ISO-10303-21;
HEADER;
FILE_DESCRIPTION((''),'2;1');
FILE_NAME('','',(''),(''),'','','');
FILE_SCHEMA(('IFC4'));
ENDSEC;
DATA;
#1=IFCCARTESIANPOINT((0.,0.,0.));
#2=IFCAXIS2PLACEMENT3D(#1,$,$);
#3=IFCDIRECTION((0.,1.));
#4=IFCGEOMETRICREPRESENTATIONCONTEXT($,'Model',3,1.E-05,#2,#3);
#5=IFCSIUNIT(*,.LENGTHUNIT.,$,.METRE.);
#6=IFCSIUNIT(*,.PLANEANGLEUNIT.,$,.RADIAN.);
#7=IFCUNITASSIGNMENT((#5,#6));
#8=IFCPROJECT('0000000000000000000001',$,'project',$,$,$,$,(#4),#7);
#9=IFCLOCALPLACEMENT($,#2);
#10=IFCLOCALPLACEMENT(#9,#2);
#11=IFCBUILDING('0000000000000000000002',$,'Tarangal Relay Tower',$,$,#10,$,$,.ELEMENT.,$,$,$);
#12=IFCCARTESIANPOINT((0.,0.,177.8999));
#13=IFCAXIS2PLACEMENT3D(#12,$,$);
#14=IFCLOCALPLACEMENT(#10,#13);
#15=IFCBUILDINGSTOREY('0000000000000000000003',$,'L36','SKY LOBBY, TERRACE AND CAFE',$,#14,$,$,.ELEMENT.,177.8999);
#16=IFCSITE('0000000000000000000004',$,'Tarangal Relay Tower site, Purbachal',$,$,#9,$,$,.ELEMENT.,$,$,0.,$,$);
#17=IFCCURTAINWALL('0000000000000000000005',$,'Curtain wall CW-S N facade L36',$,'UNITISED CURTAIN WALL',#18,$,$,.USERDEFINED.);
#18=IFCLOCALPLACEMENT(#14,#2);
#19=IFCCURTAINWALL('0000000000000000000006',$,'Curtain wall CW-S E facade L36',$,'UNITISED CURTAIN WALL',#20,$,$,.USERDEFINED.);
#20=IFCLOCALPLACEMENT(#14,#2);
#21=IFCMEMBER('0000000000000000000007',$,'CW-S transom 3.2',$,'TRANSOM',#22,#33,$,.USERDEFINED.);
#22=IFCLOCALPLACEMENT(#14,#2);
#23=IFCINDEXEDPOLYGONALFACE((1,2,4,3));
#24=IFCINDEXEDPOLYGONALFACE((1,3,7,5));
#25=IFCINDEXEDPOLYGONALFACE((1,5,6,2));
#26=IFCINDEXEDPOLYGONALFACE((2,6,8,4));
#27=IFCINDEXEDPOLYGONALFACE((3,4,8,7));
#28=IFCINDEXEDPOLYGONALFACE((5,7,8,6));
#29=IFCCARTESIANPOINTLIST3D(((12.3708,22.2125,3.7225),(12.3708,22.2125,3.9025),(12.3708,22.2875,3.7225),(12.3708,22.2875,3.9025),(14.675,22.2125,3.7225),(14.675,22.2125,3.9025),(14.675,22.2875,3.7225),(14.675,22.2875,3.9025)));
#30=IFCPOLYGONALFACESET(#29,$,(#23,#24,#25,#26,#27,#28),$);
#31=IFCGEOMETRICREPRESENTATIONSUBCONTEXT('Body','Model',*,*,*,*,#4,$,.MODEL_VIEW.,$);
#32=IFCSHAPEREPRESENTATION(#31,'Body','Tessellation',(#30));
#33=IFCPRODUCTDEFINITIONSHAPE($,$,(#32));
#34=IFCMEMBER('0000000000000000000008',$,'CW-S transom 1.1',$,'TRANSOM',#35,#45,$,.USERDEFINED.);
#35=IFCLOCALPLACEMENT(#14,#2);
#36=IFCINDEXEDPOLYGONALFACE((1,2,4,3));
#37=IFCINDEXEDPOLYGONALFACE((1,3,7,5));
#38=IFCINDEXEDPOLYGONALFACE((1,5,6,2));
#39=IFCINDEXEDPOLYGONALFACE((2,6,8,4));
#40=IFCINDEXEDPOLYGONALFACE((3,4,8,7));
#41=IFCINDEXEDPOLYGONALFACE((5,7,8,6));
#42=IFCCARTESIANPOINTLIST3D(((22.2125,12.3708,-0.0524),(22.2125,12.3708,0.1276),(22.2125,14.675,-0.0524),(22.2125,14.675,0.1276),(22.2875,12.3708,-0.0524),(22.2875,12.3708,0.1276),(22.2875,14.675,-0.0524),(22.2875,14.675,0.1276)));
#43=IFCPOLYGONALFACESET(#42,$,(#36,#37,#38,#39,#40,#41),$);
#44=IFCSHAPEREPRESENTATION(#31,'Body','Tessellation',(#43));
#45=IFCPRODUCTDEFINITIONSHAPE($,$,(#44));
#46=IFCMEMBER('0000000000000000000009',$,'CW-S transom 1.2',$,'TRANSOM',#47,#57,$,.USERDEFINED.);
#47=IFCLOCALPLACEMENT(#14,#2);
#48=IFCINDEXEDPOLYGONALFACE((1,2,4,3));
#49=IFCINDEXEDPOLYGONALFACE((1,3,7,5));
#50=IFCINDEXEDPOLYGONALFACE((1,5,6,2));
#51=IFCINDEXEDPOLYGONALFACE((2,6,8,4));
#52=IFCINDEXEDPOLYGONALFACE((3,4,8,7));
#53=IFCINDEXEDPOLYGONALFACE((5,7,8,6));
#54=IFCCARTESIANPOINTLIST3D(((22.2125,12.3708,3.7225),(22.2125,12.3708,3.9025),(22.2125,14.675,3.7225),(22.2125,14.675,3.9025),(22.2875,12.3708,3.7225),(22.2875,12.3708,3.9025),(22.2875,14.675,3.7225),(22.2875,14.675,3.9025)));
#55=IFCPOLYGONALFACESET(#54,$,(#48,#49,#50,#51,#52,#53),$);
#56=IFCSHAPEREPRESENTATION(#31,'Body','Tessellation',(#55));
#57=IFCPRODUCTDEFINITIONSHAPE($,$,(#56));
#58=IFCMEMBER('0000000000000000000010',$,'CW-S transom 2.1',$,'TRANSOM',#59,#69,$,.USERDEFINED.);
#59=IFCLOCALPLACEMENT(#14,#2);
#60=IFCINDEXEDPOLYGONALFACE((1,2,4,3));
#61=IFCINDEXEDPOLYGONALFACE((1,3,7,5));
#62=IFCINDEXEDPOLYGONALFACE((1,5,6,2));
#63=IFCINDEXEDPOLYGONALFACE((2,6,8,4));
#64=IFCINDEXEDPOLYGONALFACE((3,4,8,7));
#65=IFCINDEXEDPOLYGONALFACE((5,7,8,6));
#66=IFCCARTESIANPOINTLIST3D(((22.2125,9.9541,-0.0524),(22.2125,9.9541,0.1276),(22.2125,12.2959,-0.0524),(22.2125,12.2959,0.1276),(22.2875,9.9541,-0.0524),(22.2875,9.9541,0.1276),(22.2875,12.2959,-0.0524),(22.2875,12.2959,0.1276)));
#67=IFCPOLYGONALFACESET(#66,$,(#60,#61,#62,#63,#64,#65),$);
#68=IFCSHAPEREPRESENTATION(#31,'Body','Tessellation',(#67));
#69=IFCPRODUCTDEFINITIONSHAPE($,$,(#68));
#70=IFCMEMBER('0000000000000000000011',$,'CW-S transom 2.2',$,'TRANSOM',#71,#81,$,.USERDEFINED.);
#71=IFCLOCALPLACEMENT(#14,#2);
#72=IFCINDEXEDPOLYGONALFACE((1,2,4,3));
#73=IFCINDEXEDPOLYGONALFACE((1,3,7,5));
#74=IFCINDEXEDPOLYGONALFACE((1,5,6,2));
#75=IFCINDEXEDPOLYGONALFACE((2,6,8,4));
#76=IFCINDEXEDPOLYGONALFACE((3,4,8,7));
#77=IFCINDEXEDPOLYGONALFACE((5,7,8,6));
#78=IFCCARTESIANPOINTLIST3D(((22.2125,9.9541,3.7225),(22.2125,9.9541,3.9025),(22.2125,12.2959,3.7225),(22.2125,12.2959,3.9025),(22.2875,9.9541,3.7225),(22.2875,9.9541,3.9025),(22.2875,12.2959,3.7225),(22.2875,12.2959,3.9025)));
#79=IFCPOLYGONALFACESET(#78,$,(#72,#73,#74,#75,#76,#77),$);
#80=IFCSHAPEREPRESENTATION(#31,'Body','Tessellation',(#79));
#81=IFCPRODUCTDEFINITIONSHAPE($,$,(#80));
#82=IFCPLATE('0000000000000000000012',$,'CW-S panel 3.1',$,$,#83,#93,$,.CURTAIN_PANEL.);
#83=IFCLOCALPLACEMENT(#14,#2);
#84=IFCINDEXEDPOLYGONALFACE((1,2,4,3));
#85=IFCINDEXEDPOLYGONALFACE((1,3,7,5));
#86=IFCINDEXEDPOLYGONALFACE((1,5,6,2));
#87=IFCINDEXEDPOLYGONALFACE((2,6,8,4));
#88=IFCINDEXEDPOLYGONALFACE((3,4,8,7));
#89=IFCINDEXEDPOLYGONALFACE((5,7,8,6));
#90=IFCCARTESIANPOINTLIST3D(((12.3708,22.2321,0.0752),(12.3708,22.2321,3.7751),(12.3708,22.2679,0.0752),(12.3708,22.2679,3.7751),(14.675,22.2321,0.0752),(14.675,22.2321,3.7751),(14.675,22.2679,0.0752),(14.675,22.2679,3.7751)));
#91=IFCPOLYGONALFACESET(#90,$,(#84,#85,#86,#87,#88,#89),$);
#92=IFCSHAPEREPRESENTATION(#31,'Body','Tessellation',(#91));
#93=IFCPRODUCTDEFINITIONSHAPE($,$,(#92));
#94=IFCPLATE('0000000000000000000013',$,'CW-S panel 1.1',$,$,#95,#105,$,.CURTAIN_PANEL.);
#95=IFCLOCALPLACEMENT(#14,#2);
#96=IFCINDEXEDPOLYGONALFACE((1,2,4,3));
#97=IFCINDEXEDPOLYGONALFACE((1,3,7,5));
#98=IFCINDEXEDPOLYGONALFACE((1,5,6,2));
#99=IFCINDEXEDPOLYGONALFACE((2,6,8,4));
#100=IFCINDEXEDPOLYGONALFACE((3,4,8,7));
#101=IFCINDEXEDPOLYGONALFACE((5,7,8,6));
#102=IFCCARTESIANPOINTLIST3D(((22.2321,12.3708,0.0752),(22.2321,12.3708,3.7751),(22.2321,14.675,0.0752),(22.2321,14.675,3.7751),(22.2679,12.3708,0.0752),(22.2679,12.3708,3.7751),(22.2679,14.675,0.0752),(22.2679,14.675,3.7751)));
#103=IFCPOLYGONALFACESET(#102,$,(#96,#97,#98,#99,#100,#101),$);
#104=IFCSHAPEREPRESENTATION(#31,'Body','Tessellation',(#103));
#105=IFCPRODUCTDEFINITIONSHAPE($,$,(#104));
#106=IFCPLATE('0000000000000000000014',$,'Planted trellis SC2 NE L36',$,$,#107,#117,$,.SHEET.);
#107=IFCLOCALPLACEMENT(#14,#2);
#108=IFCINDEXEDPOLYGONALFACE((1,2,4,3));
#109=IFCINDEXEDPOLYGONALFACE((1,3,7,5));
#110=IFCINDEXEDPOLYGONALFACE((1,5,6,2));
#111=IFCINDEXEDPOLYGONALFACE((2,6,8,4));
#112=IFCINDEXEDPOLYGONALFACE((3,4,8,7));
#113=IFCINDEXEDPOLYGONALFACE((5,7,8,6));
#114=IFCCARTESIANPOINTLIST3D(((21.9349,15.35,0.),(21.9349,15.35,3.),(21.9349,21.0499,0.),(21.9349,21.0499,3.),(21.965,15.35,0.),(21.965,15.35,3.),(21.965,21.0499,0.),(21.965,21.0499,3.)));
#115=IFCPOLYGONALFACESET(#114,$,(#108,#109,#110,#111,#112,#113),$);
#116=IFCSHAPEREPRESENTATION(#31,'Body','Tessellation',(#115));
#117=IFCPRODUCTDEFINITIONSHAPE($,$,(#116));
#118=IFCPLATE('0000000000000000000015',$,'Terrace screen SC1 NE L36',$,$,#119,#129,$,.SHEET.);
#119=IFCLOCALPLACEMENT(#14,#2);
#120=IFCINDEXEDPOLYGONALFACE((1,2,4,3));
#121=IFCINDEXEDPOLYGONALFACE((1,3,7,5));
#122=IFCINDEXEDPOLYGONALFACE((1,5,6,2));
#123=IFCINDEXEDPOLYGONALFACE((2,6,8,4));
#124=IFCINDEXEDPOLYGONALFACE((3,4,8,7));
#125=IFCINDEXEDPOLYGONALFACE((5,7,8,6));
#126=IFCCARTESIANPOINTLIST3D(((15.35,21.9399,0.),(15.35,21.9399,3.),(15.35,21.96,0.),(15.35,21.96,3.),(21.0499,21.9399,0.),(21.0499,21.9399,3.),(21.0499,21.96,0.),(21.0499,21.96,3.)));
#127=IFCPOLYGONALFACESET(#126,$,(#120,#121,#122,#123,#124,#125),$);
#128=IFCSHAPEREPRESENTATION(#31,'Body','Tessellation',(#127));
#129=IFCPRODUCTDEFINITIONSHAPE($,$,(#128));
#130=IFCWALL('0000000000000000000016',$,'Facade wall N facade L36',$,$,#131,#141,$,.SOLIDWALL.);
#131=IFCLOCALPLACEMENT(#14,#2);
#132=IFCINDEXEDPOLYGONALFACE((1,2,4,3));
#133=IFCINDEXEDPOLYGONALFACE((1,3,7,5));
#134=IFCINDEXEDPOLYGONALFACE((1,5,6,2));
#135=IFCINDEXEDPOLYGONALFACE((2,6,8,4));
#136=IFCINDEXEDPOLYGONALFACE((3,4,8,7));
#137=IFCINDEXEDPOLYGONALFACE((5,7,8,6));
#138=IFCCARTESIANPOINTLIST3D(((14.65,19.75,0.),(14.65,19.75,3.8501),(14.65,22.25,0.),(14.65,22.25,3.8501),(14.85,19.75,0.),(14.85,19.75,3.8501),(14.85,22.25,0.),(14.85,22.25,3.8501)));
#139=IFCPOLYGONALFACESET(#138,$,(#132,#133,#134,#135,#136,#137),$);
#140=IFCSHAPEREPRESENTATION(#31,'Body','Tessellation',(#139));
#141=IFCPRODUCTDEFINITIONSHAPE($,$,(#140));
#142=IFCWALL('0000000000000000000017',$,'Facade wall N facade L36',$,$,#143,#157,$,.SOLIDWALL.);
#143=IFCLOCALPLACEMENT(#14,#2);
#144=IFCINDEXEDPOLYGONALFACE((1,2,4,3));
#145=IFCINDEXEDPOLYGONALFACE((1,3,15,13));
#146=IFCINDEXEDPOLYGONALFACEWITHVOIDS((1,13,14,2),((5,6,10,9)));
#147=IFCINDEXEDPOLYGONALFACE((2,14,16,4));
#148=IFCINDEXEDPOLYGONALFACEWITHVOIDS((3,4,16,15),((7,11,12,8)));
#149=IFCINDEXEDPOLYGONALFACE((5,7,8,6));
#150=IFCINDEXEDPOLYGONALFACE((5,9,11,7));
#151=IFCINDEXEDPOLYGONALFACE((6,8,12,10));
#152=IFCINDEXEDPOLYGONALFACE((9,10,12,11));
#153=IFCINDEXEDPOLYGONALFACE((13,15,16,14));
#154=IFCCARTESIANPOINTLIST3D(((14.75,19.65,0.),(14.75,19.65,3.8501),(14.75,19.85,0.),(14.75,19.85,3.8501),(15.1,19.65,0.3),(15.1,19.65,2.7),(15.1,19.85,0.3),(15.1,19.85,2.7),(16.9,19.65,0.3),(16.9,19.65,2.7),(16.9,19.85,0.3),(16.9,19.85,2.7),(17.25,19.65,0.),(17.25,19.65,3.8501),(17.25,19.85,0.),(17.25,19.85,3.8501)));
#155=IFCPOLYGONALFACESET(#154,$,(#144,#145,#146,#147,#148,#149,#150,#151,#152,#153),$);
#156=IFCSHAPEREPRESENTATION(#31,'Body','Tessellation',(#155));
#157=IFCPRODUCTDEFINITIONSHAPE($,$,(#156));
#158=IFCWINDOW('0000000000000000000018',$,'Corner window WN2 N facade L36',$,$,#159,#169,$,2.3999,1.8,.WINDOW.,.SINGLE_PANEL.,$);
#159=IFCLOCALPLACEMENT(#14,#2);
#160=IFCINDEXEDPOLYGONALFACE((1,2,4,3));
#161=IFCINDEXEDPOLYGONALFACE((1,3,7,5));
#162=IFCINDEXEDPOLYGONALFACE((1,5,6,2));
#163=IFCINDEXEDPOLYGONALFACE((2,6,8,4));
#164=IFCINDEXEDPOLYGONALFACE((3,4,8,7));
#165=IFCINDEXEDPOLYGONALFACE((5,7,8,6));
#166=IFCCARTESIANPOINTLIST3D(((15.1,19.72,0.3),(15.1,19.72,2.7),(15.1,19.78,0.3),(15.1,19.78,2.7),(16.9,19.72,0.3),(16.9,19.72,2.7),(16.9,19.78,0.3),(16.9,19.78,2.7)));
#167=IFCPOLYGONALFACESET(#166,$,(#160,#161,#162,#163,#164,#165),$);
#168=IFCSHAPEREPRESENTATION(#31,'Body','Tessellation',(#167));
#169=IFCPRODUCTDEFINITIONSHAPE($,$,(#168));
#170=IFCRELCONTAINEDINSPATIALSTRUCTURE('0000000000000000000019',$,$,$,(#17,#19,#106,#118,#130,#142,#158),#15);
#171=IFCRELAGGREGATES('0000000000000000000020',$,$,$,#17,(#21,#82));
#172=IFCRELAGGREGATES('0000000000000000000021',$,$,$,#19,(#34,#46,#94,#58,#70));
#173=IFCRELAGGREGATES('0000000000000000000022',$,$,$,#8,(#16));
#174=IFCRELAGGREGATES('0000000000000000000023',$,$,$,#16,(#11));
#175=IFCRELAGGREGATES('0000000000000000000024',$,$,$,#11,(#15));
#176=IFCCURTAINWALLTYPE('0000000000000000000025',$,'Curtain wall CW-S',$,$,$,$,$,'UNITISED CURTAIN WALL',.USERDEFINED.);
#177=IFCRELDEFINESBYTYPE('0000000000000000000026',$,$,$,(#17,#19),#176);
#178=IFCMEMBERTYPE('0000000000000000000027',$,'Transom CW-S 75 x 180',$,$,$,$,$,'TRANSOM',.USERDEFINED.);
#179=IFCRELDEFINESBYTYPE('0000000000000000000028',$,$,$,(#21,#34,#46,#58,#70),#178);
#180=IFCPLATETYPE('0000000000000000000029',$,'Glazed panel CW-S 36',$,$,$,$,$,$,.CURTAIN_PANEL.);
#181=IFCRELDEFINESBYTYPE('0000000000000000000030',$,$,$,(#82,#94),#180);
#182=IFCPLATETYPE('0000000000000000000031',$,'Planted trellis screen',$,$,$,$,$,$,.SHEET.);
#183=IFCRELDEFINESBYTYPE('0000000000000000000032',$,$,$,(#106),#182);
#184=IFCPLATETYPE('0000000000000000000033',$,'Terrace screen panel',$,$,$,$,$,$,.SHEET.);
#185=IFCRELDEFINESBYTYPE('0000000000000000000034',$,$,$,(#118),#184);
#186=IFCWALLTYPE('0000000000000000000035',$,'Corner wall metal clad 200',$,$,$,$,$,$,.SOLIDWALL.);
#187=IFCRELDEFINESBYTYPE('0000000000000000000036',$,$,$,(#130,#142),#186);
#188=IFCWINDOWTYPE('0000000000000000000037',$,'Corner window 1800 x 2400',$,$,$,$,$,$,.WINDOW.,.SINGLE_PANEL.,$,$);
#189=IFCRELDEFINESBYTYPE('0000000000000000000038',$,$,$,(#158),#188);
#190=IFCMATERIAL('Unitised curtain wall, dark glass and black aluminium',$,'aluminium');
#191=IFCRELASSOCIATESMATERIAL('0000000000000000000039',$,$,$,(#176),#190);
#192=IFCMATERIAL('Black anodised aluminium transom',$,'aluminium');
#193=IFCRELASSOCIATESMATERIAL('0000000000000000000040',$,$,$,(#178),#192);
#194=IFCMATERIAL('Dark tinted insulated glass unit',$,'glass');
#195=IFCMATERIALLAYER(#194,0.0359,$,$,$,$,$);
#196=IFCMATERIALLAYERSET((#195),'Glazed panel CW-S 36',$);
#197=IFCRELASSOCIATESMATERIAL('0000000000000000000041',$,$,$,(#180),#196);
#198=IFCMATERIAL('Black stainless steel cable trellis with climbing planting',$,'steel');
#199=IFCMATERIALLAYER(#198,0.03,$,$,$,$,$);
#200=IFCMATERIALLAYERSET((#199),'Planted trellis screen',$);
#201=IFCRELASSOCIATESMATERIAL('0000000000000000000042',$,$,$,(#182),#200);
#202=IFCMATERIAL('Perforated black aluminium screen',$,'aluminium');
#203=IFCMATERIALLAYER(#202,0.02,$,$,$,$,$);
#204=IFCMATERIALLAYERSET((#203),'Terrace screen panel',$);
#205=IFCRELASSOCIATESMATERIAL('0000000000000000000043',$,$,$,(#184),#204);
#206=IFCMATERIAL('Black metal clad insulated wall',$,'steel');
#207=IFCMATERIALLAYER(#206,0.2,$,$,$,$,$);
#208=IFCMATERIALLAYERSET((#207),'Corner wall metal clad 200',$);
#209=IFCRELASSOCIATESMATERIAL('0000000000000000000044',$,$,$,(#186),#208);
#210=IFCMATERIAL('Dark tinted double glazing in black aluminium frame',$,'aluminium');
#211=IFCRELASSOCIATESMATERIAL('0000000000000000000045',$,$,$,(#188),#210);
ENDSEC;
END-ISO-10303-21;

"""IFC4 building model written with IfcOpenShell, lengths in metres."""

from ifc_helpers import new_model, si_unit, direction, frame, frame_2d, origin, origin_2d, place, context, subcontext, project, spatial, rectangle, extrude, material, layer, layer_set, material_profile, profile_set, type_object, element, fill, aggregate, save


model = new_model("IFC4")

# Units and contexts
model_context = context("Model", 3, precision=1e-05, world=origin(), true_north=direction((0.0, 1.0)))
body_context = subcontext(model_context, "Body", "Model", "MODEL_VIEW")
ifc_project = project(units=[si_unit("LENGTHUNIT", "METRE"), si_unit("PLANEANGLEUNIT", "RADIAN")], contexts=[model_context])

# Site, building, storey
site_placement = place(None, origin())
site = spatial("IfcSite", under=ifc_project, at=site_placement, Name="Tarangal Relay Tower site, Purbachal", CompositionType="ELEMENT", RefElevation=0.0)
building_placement = place(site_placement, origin())
building = spatial("IfcBuilding", under=site, at=building_placement, Name="Tarangal Relay Tower", CompositionType="ELEMENT")
storey_placement = place(building_placement, frame((0.0, 0.0, 177.8999)))
storey = spatial("IfcBuildingStorey", under=building, at=storey_placement, Name="L36", Description="SKY LOBBY, TERRACE AND CAFE", CompositionType="ELEMENT", Elevation=177.8999)

# Curtain walls
ifc_material_1 = material(Name="Unitised curtain wall, dark glass and black aluminium", Category="aluminium")
curtain_wall_type = type_object("IfcCurtainWallType", Name="Curtain wall CW-S", ElementType="UNITISED CURTAIN WALL", PredefinedType="USERDEFINED", material=ifc_material_1)
curtain_wall_1_placement = place(storey_placement, origin())
curtain_wall_1 = element("IfcCurtainWall", 1, at=curtain_wall_1_placement, inside=storey, type_object=curtain_wall_type, Name="Curtain wall CW-S N facade L36", ObjectType="UNITISED CURTAIN WALL", PredefinedType="USERDEFINED")
curtain_wall_2_placement = place(storey_placement, origin())
curtain_wall_2 = element("IfcCurtainWall", 2, at=curtain_wall_2_placement, inside=storey, type_object=curtain_wall_type, Name="Curtain wall CW-S E facade L36", ObjectType="UNITISED CURTAIN WALL", PredefinedType="USERDEFINED")

# Members
ifc_material_2 = material(Name="Black anodised aluminium transom", Category="aluminium")
ifc_material_profile_1 = material_profile(ifc_material_2, rectangle(XDim=0.075, YDim=0.1799, at=origin_2d()), Name="CW-ST 75X180")
ifc_profile_set_1 = profile_set([ifc_material_profile_1], Name="Black anodised aluminium transom")
member_type_1 = type_object("IfcMemberType", Name="Transom CW-S 75 x 180", ElementType="TRANSOM", PredefinedType="USERDEFINED", material=ifc_profile_set_1)
member_1_placement = place(storey_placement, frame((12.3708, 22.25, 3.8125), z_axis=(1.0, 0.0, 0.0), x_axis=(0.0, 1.0, 0.0)))
member_1 = element("IfcMember", 3, at=member_1_placement, type_object=member_type_1, Name="CW-S transom 3.2", ObjectType="TRANSOM", PredefinedType="USERDEFINED", context=body_context, shape_type="SweptSolid", body=[
    extrude(rectangle(XDim=0.075, YDim=0.1799, at=origin_2d()), origin(), (0.0, 0.0, 1.0), 2.3042),
])
member_2_placement = place(storey_placement, frame((22.25, 14.675, 0.0376), z_axis=(0.0, -1.0, 0.0), x_axis=(1.0, 0.0, 0.0)))
member_2 = element("IfcMember", 4, at=member_2_placement, type_object=member_type_1, Name="CW-S transom 1.1", ObjectType="TRANSOM", PredefinedType="USERDEFINED", context=body_context, shape_type="SweptSolid", body=[
    extrude(rectangle(XDim=0.075, YDim=0.1799, at=origin_2d()), origin(), (0.0, 0.0, 1.0), 2.3042),
])
member_3_placement = place(storey_placement, frame((22.25, 14.675, 3.8125), z_axis=(0.0, -1.0, 0.0), x_axis=(1.0, 0.0, 0.0)))
member_3 = element("IfcMember", 5, at=member_3_placement, type_object=member_type_1, Name="CW-S transom 1.2", ObjectType="TRANSOM", PredefinedType="USERDEFINED", context=body_context, shape_type="SweptSolid", body=[
    extrude(rectangle(XDim=0.075, YDim=0.1799, at=origin_2d()), origin(), (0.0, 0.0, 1.0), 2.3042),
])
member_4_placement = place(storey_placement, frame((22.25, 12.2959, 0.0376), z_axis=(0.0, -1.0, 0.0), x_axis=(1.0, 0.0, 0.0)))
member_4 = element("IfcMember", 6, at=member_4_placement, type_object=member_type_1, Name="CW-S transom 2.1", ObjectType="TRANSOM", PredefinedType="USERDEFINED", context=body_context, shape_type="SweptSolid", body=[
    extrude(rectangle(XDim=0.075, YDim=0.1799, at=origin_2d()), origin(), (0.0, 0.0, 1.0), 2.3418),
])
member_5_placement = place(storey_placement, frame((22.25, 12.2959, 3.8125), z_axis=(0.0, -1.0, 0.0), x_axis=(1.0, 0.0, 0.0)))
member_5 = element("IfcMember", 7, at=member_5_placement, type_object=member_type_1, Name="CW-S transom 2.2", ObjectType="TRANSOM", PredefinedType="USERDEFINED", context=body_context, shape_type="SweptSolid", body=[
    extrude(rectangle(XDim=0.075, YDim=0.1799, at=origin_2d()), origin(), (0.0, 0.0, 1.0), 2.3418),
])

# Plates
ifc_material_3 = material(Name="Dark tinted insulated glass unit", Category="glass")
ifc_layer_1 = layer(ifc_material_3, 0.0359)
ifc_layer_set_1 = layer_set([ifc_layer_1], Name="Glazed panel CW-S 36")
plate_type_1 = type_object("IfcPlateType", Name="Glazed panel CW-S 36", PredefinedType="CURTAIN_PANEL", material=ifc_layer_set_1)
plate_1_placement = place(storey_placement, frame((13.5229, 22.25, 0.0752), z_axis=(0.0, 0.0, 1.0), x_axis=(1.0, 0.0, 0.0)))
plate_1 = element("IfcPlate", 8, at=plate_1_placement, type_object=plate_type_1, Name="CW-S panel 3.1", PredefinedType="CURTAIN_PANEL", context=body_context, shape_type="SweptSolid", body=[
    extrude(rectangle(XDim=2.3042, YDim=0.0359, at=origin_2d()), origin(), (0.0, 0.0, 1.0), 3.7),
])
aggregate(curtain_wall_1, [member_1, plate_1])
plate_2_placement = place(storey_placement, frame((22.25, 13.5229, 0.0752), z_axis=(0.0, 0.0, 1.0), x_axis=(0.0, -1.0, 0.0)))
plate_2 = element("IfcPlate", 9, at=plate_2_placement, type_object=plate_type_1, Name="CW-S panel 1.1", PredefinedType="CURTAIN_PANEL", context=body_context, shape_type="SweptSolid", body=[
    extrude(rectangle(XDim=2.3042, YDim=0.0359, at=origin_2d()), origin(), (0.0, 0.0, 1.0), 3.7),
])
aggregate(curtain_wall_2, [member_2, member_3, plate_2, member_4, member_5])

# Plates
ifc_material_4 = material(Name="Black stainless steel cable trellis with climbing planting", Category="steel")
ifc_layer_2 = layer(ifc_material_4, 0.03)
ifc_layer_set_2 = layer_set([ifc_layer_2], Name="Planted trellis screen")
plate_type_2 = type_object("IfcPlateType", Name="Planted trellis screen", PredefinedType="SHEET", material=ifc_layer_set_2)
plate_3_placement = place(storey_placement, frame((21.95, 18.2, 0.0), z_axis=(0.0, 0.0, 1.0), x_axis=(0.0, -1.0, 0.0)))
element("IfcPlate", 10, at=plate_3_placement, inside=storey, type_object=plate_type_2, Name="Planted trellis SC2 NE L36", PredefinedType="SHEET", context=body_context, shape_type="SweptSolid", body=[
    extrude(rectangle(XDim=5.7, YDim=0.03, at=origin_2d()), origin(), (0.0, 0.0, 1.0), 3.0),
])
ifc_material_5 = material(Name="Perforated black aluminium screen", Category="aluminium")
ifc_layer_3 = layer(ifc_material_5, 0.02)
ifc_layer_set_3 = layer_set([ifc_layer_3], Name="Terrace screen panel")
plate_type_3 = type_object("IfcPlateType", Name="Terrace screen panel", PredefinedType="SHEET", material=ifc_layer_set_3)
plate_4_placement = place(storey_placement, frame((18.2, 21.95, 0.0), z_axis=(0.0, 0.0, 1.0), x_axis=(1.0, 0.0, 0.0)))
element("IfcPlate", 11, at=plate_4_placement, inside=storey, type_object=plate_type_3, Name="Terrace screen SC1 NE L36", PredefinedType="SHEET", context=body_context, shape_type="SweptSolid", body=[
    extrude(rectangle(XDim=5.7, YDim=0.02, at=origin_2d()), origin(), (0.0, 0.0, 1.0), 3.0),
])

# Wall
ifc_material_6 = material(Name="Black metal clad insulated wall", Category="steel")
ifc_layer_4 = layer(ifc_material_6, 0.2)
ifc_layer_set_4 = layer_set([ifc_layer_4], Name="Corner wall metal clad 200")
wall_type = type_object("IfcWallType", Name="Corner wall metal clad 200", PredefinedType="SOLIDWALL", material=ifc_layer_set_4)
wall_1_placement = place(storey_placement, frame((14.75, 22.25, 0.0), z_axis=(0.0, 0.0, 1.0), x_axis=(0.0, -1.0, 0.0)))
element("IfcWall", 12, at=wall_1_placement, inside=storey, type_object=wall_type, Name="Facade wall N facade L36", PredefinedType="SOLIDWALL", context=body_context, shape_type="SweptSolid", body=[
    extrude(rectangle(XDim=2.5, YDim=0.2, at=frame_2d((1.25, 0.0))), origin(), (0.0, 0.0, 1.0), 3.8501),
])

# Wall, opening, window
wall_2_placement = place(storey_placement, frame((14.75, 19.75, 0.0), z_axis=(0.0, 0.0, 1.0), x_axis=(1.0, 0.0, 0.0)))
wall_2 = element("IfcWall", 13, at=wall_2_placement, inside=storey, type_object=wall_type, Name="Facade wall N facade L36", PredefinedType="SOLIDWALL", context=body_context, shape_type="SweptSolid", body=[
    extrude(rectangle(XDim=2.5, YDim=0.2, at=frame_2d((1.25, 0.0))), origin(), (0.0, 0.0, 1.0), 3.8501),
])
opening_1_placement = place(wall_2_placement, frame((0.3501, 0.0, 0.3)))
opening_1 = element("IfcOpeningElement", 14, at=opening_1_placement, cuts=wall_2, PredefinedType="OPENING", context=body_context, shape_type="SweptSolid", body=[
    extrude(rectangle(XDim=1.8, YDim=2.3999, at=frame_2d((0.8999, 1.2))), frame((0.0, 0.1099, 0.0), z_axis=(0.0, -1.0, 0.0), x_axis=(1.0, 0.0, 0.0)), (0.0, 0.0, 1.0), 0.22),
])
ifc_material_7 = material(Name="Dark tinted double glazing in black aluminium frame", Category="aluminium")
window_type = type_object("IfcWindowType", Name="Corner window 1800 x 2400", PartitioningType="SINGLE_PANEL", PredefinedType="WINDOW", material=ifc_material_7)
window_1_placement = place(opening_1_placement, origin())
window_1 = element("IfcWindow", 15, at=window_1_placement, inside=storey, type_object=window_type, Name="Corner window WN2 N facade L36", OverallHeight=2.3999, OverallWidth=1.8, PartitioningType="SINGLE_PANEL", PredefinedType="WINDOW", context=body_context, shape_type="SweptSolid", body=[
    extrude(rectangle(XDim=1.8, YDim=2.3999, at=frame_2d((0.8999, 1.2))), frame((0.0, 0.03, 0.0), z_axis=(0.0, -1.0, 0.0), x_axis=(1.0, 0.0, 0.0)), (0.0, 0.0, 1.0), 0.0601),
])
fill(opening_1, window_1)

save(model, "model.ifc")
